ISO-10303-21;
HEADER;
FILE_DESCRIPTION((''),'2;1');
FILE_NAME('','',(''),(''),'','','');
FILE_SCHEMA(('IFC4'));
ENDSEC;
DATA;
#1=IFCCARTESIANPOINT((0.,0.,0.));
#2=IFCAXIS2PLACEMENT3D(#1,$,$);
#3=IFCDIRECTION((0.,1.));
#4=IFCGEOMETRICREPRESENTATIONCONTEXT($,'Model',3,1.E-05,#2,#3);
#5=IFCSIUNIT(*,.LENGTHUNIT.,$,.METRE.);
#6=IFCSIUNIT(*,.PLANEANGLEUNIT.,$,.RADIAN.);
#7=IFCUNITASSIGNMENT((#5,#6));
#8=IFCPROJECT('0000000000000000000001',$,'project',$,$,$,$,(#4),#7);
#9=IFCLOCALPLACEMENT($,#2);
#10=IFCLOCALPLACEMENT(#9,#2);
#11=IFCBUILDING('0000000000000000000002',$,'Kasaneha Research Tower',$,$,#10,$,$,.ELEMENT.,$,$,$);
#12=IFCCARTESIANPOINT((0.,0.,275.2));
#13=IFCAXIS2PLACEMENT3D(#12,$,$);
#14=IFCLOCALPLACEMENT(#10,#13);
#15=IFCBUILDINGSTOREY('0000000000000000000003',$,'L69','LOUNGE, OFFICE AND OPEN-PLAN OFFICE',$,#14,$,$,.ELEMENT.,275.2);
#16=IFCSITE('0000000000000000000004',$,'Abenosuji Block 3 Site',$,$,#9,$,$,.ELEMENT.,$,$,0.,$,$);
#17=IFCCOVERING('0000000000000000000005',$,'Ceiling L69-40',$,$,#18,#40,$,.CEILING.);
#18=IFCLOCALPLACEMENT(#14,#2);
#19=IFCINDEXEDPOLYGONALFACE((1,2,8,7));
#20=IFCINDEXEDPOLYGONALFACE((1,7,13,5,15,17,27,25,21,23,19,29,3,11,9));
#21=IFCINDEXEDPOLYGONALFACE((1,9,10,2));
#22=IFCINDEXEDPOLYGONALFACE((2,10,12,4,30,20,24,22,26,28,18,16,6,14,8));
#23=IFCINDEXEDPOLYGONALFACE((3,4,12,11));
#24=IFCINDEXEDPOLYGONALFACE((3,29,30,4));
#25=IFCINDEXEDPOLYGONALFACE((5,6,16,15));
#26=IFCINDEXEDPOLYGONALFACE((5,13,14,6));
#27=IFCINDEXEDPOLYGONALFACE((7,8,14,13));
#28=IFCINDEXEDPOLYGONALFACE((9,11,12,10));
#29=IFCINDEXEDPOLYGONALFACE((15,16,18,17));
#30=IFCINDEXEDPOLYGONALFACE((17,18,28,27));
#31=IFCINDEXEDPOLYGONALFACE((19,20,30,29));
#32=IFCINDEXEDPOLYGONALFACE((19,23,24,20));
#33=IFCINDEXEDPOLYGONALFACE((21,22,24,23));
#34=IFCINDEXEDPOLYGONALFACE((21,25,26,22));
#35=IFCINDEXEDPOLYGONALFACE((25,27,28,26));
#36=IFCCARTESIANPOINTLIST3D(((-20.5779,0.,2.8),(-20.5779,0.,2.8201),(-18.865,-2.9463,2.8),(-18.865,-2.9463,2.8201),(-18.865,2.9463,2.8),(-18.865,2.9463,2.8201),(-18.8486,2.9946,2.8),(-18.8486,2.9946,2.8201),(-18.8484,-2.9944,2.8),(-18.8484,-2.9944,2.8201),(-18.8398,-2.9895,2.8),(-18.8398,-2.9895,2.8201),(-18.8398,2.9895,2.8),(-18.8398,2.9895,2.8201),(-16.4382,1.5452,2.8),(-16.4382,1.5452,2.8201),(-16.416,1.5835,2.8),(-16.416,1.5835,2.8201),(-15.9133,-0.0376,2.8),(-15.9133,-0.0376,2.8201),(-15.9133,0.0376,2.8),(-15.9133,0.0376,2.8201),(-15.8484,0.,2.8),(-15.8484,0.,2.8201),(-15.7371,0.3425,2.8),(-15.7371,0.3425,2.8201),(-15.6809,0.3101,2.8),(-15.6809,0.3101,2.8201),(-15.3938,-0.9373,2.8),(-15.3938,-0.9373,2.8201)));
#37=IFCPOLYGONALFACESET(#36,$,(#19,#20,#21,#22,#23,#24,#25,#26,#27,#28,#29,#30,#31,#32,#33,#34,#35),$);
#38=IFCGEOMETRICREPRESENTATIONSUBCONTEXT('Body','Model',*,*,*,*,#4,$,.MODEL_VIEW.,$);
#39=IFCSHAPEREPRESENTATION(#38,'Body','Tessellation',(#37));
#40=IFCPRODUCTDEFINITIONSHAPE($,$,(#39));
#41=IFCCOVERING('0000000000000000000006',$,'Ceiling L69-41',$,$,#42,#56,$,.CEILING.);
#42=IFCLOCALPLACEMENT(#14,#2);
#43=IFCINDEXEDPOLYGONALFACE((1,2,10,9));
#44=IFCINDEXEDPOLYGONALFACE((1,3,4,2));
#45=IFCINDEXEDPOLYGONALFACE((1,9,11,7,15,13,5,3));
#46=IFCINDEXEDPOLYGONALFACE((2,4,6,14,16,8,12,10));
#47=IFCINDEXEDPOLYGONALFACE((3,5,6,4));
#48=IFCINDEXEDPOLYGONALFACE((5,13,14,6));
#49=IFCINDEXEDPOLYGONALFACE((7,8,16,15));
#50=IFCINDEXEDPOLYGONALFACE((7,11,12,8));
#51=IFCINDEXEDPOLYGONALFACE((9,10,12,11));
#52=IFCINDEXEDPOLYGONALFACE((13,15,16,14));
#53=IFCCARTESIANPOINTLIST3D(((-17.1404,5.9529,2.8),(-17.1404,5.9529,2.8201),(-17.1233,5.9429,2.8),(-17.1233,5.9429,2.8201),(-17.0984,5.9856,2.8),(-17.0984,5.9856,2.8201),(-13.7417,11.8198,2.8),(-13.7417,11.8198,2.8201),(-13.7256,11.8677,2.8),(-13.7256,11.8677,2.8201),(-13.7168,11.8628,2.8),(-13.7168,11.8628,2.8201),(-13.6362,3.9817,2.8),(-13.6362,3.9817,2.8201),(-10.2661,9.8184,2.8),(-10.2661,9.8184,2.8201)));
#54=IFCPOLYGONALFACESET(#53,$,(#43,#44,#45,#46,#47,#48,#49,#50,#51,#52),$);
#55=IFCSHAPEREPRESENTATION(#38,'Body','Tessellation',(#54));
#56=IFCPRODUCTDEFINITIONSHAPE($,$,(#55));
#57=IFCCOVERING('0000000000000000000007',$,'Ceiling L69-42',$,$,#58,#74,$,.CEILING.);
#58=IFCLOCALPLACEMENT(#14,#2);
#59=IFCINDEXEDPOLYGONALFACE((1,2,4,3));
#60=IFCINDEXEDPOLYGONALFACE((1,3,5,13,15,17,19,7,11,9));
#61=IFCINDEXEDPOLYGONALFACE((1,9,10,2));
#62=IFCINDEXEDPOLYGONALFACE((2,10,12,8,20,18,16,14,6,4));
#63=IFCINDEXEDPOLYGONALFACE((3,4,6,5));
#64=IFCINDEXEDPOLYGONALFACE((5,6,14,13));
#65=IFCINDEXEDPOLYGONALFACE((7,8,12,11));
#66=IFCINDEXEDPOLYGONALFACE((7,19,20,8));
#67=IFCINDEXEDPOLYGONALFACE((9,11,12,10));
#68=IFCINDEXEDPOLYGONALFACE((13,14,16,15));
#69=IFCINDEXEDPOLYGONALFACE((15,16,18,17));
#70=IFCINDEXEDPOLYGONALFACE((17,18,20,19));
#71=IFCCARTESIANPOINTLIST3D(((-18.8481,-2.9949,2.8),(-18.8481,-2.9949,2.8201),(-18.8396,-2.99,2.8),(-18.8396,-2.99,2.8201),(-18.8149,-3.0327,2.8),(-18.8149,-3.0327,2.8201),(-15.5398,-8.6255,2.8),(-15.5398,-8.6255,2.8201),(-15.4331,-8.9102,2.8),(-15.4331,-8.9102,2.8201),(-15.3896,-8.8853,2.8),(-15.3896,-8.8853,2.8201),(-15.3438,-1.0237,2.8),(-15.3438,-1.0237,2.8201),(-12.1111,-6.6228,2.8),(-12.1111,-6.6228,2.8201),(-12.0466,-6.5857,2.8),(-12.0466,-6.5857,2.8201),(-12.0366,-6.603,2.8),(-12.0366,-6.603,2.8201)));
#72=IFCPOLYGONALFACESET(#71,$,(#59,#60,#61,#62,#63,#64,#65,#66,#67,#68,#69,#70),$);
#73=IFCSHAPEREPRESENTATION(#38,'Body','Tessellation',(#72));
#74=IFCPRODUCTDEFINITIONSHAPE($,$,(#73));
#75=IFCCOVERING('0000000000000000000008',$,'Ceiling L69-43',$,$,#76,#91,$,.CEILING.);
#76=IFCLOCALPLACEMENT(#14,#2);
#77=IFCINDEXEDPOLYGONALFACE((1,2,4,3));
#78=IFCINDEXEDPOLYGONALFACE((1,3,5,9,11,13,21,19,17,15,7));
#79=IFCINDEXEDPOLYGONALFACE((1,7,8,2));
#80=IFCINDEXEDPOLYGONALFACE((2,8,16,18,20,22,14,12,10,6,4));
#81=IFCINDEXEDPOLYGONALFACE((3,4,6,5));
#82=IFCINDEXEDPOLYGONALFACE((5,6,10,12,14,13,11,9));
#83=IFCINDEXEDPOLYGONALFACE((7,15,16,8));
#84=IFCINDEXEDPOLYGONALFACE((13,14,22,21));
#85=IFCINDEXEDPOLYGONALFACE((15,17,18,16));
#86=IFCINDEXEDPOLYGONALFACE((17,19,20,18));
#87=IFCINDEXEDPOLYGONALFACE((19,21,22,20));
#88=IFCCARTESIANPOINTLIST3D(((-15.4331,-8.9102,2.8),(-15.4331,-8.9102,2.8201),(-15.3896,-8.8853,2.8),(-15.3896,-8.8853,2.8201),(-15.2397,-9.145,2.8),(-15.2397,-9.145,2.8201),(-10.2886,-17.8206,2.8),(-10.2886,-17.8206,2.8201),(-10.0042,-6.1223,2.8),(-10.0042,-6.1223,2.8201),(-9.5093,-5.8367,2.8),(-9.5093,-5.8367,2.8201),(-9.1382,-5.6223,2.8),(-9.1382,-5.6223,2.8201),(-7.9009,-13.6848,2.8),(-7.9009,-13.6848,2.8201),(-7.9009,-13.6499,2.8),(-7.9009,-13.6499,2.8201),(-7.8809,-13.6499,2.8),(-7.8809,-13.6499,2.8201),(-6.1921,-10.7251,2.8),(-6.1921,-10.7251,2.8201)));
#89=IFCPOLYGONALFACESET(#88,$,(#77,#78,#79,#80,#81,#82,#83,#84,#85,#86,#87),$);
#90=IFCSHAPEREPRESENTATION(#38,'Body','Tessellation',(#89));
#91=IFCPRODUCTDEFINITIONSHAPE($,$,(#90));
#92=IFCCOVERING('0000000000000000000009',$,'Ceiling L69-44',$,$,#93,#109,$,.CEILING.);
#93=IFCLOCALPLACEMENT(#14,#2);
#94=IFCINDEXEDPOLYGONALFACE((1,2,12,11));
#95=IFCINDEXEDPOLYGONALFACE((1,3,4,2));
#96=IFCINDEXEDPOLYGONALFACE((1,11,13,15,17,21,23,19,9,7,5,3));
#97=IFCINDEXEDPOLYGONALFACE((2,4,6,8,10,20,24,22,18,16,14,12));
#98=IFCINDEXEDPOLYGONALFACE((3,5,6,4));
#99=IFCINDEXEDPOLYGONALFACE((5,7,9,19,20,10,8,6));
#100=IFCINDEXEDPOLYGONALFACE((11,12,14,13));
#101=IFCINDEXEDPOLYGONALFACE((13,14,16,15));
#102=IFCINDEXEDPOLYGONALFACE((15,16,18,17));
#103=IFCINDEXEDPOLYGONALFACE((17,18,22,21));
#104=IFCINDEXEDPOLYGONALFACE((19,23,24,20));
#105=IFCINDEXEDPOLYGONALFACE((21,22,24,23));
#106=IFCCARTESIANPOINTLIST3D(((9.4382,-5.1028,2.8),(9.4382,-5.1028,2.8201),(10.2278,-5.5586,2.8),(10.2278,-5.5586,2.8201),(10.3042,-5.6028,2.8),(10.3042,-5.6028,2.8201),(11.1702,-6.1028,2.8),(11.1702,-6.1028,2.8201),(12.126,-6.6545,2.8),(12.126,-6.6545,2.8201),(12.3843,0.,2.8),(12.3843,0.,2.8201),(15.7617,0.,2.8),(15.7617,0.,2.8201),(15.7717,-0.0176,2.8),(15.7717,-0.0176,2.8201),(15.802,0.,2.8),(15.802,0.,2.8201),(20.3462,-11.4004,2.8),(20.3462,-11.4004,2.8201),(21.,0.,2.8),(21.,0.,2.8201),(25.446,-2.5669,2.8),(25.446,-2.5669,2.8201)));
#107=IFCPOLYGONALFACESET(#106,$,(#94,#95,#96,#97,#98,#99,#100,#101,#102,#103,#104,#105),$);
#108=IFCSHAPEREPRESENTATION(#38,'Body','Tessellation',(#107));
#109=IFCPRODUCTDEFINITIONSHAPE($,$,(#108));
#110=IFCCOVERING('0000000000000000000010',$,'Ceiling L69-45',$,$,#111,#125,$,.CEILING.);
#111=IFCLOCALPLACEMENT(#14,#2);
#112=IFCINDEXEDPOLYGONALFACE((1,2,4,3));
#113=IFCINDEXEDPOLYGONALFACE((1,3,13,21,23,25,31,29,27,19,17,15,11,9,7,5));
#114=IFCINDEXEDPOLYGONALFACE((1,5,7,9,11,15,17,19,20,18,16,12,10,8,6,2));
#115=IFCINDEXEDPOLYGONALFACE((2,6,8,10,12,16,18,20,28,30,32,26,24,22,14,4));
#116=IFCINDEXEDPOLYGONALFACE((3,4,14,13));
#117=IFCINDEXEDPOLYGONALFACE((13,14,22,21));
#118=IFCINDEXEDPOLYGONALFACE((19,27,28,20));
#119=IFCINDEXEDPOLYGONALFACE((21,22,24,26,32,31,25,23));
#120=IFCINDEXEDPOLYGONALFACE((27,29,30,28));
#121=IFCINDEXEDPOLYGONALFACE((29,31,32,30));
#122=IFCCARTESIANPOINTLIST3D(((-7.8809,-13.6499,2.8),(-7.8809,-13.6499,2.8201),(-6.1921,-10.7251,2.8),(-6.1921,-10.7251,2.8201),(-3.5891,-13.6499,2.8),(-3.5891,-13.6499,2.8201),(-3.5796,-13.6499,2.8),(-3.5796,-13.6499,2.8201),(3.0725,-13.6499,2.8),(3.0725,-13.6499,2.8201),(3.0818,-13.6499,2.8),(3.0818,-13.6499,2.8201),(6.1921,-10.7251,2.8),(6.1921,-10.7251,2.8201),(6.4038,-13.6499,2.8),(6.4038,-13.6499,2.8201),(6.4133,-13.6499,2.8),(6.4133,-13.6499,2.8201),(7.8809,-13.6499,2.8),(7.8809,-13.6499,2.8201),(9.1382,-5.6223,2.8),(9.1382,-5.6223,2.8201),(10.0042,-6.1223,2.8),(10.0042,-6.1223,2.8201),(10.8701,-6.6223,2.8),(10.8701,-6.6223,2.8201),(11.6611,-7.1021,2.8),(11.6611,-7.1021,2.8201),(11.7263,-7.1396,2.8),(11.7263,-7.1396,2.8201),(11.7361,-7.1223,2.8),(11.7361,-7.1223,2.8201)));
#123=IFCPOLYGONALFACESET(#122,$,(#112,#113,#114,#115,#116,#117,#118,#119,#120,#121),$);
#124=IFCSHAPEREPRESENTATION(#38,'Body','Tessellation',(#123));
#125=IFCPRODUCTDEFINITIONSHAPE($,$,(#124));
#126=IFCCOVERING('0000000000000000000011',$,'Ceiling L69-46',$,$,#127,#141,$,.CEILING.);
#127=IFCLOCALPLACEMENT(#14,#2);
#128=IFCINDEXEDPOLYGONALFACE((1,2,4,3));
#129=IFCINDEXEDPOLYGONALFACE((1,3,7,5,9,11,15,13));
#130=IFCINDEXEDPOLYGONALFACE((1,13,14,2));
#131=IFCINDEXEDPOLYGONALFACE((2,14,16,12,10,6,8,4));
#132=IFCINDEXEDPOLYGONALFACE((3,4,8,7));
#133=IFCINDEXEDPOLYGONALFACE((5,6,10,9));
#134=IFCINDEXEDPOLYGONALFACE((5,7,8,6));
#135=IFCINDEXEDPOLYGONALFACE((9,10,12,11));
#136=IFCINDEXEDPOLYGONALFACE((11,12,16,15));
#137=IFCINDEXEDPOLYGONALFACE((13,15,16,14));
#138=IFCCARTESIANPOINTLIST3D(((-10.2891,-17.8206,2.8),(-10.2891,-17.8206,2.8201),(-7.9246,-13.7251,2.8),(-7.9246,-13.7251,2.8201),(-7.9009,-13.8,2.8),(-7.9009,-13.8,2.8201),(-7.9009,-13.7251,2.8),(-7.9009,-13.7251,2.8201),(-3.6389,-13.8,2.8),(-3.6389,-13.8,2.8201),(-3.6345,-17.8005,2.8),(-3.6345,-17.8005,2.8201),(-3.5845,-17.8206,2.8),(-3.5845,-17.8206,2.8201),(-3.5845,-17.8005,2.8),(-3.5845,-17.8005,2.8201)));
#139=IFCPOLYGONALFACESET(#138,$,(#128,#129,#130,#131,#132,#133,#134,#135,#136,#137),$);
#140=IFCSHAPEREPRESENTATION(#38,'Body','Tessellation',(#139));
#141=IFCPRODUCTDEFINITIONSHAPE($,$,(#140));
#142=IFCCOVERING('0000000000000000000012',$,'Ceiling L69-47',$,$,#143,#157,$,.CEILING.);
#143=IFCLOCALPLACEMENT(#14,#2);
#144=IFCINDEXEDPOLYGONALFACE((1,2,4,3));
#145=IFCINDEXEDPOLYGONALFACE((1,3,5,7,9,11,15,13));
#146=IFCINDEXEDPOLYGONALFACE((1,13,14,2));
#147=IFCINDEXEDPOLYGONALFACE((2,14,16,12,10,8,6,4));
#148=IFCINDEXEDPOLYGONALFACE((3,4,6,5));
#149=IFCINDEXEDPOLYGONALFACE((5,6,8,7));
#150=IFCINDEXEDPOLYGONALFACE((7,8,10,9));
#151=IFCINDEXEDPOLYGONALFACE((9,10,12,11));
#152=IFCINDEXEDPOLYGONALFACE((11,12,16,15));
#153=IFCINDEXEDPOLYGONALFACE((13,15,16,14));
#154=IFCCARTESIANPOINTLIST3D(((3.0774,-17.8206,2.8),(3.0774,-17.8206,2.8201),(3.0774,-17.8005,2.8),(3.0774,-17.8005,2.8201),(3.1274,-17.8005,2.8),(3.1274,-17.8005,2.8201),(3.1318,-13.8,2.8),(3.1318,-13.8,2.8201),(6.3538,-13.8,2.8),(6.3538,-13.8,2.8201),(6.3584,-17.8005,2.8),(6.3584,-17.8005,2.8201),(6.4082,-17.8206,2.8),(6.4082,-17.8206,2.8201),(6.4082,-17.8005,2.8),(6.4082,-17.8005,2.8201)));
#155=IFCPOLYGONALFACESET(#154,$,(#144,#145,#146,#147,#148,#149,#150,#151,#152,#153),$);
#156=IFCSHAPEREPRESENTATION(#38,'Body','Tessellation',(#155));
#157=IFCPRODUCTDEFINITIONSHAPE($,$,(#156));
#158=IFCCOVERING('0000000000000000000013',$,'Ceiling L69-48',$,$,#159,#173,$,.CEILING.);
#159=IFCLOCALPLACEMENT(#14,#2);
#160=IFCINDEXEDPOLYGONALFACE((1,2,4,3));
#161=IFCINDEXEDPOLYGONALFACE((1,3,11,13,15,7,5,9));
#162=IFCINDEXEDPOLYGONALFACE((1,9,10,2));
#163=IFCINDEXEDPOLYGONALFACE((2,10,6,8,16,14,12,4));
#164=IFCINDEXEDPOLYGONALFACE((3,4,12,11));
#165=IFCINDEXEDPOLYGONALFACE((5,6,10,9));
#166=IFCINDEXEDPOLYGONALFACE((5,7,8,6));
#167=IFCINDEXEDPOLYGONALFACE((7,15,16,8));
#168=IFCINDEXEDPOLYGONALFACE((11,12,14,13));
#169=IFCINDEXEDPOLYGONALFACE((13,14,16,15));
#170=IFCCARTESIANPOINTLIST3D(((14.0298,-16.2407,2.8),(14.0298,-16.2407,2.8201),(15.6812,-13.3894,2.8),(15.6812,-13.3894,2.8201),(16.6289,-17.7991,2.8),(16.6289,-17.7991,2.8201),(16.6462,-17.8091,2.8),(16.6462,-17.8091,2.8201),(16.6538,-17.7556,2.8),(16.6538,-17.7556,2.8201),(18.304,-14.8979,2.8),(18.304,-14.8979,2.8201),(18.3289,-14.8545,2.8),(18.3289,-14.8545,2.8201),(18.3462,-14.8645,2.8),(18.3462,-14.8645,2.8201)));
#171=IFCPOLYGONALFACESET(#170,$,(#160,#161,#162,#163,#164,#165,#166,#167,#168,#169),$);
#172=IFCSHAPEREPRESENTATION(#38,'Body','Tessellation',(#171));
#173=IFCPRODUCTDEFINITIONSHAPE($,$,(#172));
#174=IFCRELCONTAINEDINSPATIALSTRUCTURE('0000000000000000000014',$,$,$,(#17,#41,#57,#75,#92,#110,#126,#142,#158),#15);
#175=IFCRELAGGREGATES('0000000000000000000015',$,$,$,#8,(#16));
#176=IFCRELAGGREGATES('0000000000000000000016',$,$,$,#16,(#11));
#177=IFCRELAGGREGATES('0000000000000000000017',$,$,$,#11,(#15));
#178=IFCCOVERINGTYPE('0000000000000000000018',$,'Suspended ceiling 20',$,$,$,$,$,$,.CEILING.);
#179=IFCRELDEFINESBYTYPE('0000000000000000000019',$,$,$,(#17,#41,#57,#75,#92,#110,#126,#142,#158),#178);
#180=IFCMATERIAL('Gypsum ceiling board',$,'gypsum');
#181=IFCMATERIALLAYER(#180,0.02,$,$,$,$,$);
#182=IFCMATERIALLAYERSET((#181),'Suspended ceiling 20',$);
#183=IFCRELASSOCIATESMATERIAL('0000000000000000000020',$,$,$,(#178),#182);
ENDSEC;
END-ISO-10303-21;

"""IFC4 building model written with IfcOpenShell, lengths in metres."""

from ifc_helpers import new_model, si_unit, direction, frame, origin, place, context, subcontext, project, spatial, polyline, outline, extrude, material, layer, layer_set, type_object, element, save


model = new_model("IFC4")

# Units and contexts
model_context = context("Model", 3, precision=1e-05, world=origin(), true_north=direction((0.0, 1.0)))
body_context = subcontext(model_context, "Body", "Model", "MODEL_VIEW")
ifc_project = project(units=[si_unit("LENGTHUNIT", "METRE"), si_unit("PLANEANGLEUNIT", "RADIAN")], contexts=[model_context])

# Site, building, storey
site_placement = place(None, origin())
site = spatial("IfcSite", under=ifc_project, at=site_placement, Name="Abenosuji Block 3 Site", CompositionType="ELEMENT", RefElevation=0.0)
building_placement = place(site_placement, origin())
building = spatial("IfcBuilding", under=site, at=building_placement, Name="Kasaneha Research Tower", CompositionType="ELEMENT")
storey_placement = place(building_placement, frame((0.0, 0.0, 275.2)))
storey = spatial("IfcBuildingStorey", under=building, at=storey_placement, Name="L69", Description="LOUNGE, OFFICE AND OPEN-PLAN OFFICE", CompositionType="ELEMENT", Elevation=275.2)

# Coverings
ifc_material_1 = material(Name="Gypsum ceiling board", Category="gypsum")
ifc_layer_1 = layer(ifc_material_1, 0.02)
ifc_layer_set_1 = layer_set([ifc_layer_1], Name="Suspended ceiling 20")
covering_type_1 = type_object("IfcCoveringType", Name="Suspended ceiling 20", PredefinedType="CEILING", material=ifc_layer_set_1)
covering_1_placement = place(storey_placement, frame((0.0, 0.0, 2.8)))
element("IfcCovering", 1, at=covering_1_placement, inside=storey, type_object=covering_type_1, Name="Ceiling L69-40", PredefinedType="CEILING", context=body_context, shape_type="SweptSolid", body=[
    extrude(outline(polyline([(-18.8484, -2.9944), (-20.5779, 0.0), (-18.8486, 2.9946), (-18.8398, 2.9895), (-18.865, 2.9463), (-16.4382, 1.5452), (-16.416, 1.5835), (-15.6809, 0.3101), (-15.7371, 0.3425), (-15.9133, 0.0376), (-15.8484, 0.0), (-15.9133, -0.0376), (-15.3938, -0.9373), (-18.865, -2.9463), (-18.8398, -2.9895), (-18.8484, -2.9944)])), origin(), (0.0, 0.0, 1.0), 0.02),
])
covering_2_placement = place(storey_placement, frame((0.0, 0.0, 2.8)))
element("IfcCovering", 2, at=covering_2_placement, inside=storey, type_object=covering_type_1, Name="Ceiling L69-41", PredefinedType="CEILING", context=body_context, shape_type="SweptSolid", body=[
    extrude(outline(polyline([(-17.1404, 5.9529), (-13.7256, 11.8677), (-13.7168, 11.8628), (-13.7417, 11.8198), (-10.2661, 9.8184), (-13.6362, 3.9817), (-17.0984, 5.9856), (-17.1233, 5.9429), (-17.1404, 5.9529)])), origin(), (0.0, 0.0, 1.0), 0.02),
])
covering_3_placement = place(storey_placement, frame((0.0, 0.0, 2.8)))
element("IfcCovering", 3, at=covering_3_placement, inside=storey, type_object=covering_type_1, Name="Ceiling L69-42", PredefinedType="CEILING", context=body_context, shape_type="SweptSolid", body=[
    extrude(outline(polyline([(-15.5398, -8.6255), (-15.3896, -8.8853), (-15.4331, -8.9102), (-18.8481, -2.9949), (-18.8396, -2.99), (-18.8149, -3.0327), (-15.3438, -1.0237), (-12.1111, -6.6228), (-12.0466, -6.5857), (-12.0366, -6.603), (-15.5398, -8.6255), (-15.5398, -8.6255), (-15.5398, -8.6255)])), origin(), (0.0, 0.0, 1.0), 0.02),
])
covering_4_placement = place(storey_placement, frame((0.0, 0.0, 2.8)))
element("IfcCovering", 4, at=covering_4_placement, inside=storey, type_object=covering_type_1, Name="Ceiling L69-43", PredefinedType="CEILING", context=body_context, shape_type="SweptSolid", body=[
    extrude(outline(polyline([(-10.0042, -6.1223), (-10.0042, -6.1223), (-9.5093, -5.8367), (-9.1382, -5.6223), (-6.1921, -10.7251), (-7.8809, -13.6499), (-7.9009, -13.6499), (-7.9009, -13.6848), (-10.2886, -17.8206), (-15.4331, -8.9102), (-15.3896, -8.8853), (-15.2397, -9.145), (-10.0042, -6.1223)])), origin(), (0.0, 0.0, 1.0), 0.02),
])
covering_5_placement = place(storey_placement, frame((0.0, 0.0, 2.8)))
element("IfcCovering", 5, at=covering_5_placement, inside=storey, type_object=covering_type_1, Name="Ceiling L69-44", PredefinedType="CEILING", context=body_context, shape_type="SweptSolid", body=[
    extrude(outline(polyline([(11.1702, -6.1028), (10.3042, -5.6028), (10.2278, -5.5586), (9.4382, -5.1028), (12.3843, 0.0), (15.7617, 0.0), (15.7717, -0.0176), (15.802, 0.0), (21.0, 0.0), (25.446, -2.5669), (20.3462, -11.4004), (12.126, -6.6545), (11.1702, -6.1028)])), origin(), (0.0, 0.0, 1.0), 0.02),
])
covering_6_placement = place(storey_placement, frame((0.0, 0.0, 2.8)))
element("IfcCovering", 6, at=covering_6_placement, inside=storey, type_object=covering_type_1, Name="Ceiling L69-45", PredefinedType="CEILING", context=body_context, shape_type="SweptSolid", body=[
    extrude(outline(polyline([(-6.1921, -10.7251), (6.1921, -10.7251), (9.1382, -5.6223), (10.0042, -6.1223), (10.0042, -6.1223), (10.8701, -6.6223), (10.8701, -6.6223), (11.7361, -7.1223), (11.7263, -7.1396), (11.6611, -7.1021), (7.8809, -13.6499), (6.4133, -13.6499), (6.4038, -13.6499), (3.0818, -13.6499), (3.0725, -13.6499), (-3.5796, -13.6499), (-3.5891, -13.6499), (-7.8809, -13.6499), (-6.1921, -10.7251)])), origin(), (0.0, 0.0, 1.0), 0.02),
])
covering_7_placement = place(storey_placement, frame((0.0, 0.0, 2.8)))
element("IfcCovering", 7, at=covering_7_placement, inside=storey, type_object=covering_type_1, Name="Ceiling L69-46", PredefinedType="CEILING", context=body_context, shape_type="SweptSolid", body=[
    extrude(outline(polyline([(-7.9246, -13.7251), (-7.9009, -13.7251), (-7.9009, -13.8), (-3.6389, -13.8), (-3.6345, -17.8005), (-3.5845, -17.8005), (-3.5845, -17.8206), (-10.2891, -17.8206), (-7.9246, -13.7251)])), origin(), (0.0, 0.0, 1.0), 0.02),
])
covering_8_placement = place(storey_placement, frame((0.0, 0.0, 2.8)))
element("IfcCovering", 8, at=covering_8_placement, inside=storey, type_object=covering_type_1, Name="Ceiling L69-47", PredefinedType="CEILING", context=body_context, shape_type="SweptSolid", body=[
    extrude(outline(polyline([(3.0774, -17.8005), (3.1274, -17.8005), (3.1318, -13.8), (6.3538, -13.8), (6.3584, -17.8005), (6.4082, -17.8005), (6.4082, -17.8206), (3.0774, -17.8206), (3.0774, -17.8005)])), origin(), (0.0, 0.0, 1.0), 0.02),
])
covering_9_placement = place(storey_placement, frame((0.0, 0.0, 2.8)))
element("IfcCovering", 9, at=covering_9_placement, inside=storey, type_object=covering_type_1, Name="Ceiling L69-48", PredefinedType="CEILING", context=body_context, shape_type="SweptSolid", body=[
    extrude(outline(polyline([(16.6462, -17.8091), (16.6289, -17.7991), (16.6538, -17.7556), (14.0298, -16.2407), (15.6812, -13.3894), (18.304, -14.8979), (18.3289, -14.8545), (18.3462, -14.8645), (16.6462, -17.8091)])), origin(), (0.0, 0.0, 1.0), 0.02),
])

save(model, "model.ifc")
